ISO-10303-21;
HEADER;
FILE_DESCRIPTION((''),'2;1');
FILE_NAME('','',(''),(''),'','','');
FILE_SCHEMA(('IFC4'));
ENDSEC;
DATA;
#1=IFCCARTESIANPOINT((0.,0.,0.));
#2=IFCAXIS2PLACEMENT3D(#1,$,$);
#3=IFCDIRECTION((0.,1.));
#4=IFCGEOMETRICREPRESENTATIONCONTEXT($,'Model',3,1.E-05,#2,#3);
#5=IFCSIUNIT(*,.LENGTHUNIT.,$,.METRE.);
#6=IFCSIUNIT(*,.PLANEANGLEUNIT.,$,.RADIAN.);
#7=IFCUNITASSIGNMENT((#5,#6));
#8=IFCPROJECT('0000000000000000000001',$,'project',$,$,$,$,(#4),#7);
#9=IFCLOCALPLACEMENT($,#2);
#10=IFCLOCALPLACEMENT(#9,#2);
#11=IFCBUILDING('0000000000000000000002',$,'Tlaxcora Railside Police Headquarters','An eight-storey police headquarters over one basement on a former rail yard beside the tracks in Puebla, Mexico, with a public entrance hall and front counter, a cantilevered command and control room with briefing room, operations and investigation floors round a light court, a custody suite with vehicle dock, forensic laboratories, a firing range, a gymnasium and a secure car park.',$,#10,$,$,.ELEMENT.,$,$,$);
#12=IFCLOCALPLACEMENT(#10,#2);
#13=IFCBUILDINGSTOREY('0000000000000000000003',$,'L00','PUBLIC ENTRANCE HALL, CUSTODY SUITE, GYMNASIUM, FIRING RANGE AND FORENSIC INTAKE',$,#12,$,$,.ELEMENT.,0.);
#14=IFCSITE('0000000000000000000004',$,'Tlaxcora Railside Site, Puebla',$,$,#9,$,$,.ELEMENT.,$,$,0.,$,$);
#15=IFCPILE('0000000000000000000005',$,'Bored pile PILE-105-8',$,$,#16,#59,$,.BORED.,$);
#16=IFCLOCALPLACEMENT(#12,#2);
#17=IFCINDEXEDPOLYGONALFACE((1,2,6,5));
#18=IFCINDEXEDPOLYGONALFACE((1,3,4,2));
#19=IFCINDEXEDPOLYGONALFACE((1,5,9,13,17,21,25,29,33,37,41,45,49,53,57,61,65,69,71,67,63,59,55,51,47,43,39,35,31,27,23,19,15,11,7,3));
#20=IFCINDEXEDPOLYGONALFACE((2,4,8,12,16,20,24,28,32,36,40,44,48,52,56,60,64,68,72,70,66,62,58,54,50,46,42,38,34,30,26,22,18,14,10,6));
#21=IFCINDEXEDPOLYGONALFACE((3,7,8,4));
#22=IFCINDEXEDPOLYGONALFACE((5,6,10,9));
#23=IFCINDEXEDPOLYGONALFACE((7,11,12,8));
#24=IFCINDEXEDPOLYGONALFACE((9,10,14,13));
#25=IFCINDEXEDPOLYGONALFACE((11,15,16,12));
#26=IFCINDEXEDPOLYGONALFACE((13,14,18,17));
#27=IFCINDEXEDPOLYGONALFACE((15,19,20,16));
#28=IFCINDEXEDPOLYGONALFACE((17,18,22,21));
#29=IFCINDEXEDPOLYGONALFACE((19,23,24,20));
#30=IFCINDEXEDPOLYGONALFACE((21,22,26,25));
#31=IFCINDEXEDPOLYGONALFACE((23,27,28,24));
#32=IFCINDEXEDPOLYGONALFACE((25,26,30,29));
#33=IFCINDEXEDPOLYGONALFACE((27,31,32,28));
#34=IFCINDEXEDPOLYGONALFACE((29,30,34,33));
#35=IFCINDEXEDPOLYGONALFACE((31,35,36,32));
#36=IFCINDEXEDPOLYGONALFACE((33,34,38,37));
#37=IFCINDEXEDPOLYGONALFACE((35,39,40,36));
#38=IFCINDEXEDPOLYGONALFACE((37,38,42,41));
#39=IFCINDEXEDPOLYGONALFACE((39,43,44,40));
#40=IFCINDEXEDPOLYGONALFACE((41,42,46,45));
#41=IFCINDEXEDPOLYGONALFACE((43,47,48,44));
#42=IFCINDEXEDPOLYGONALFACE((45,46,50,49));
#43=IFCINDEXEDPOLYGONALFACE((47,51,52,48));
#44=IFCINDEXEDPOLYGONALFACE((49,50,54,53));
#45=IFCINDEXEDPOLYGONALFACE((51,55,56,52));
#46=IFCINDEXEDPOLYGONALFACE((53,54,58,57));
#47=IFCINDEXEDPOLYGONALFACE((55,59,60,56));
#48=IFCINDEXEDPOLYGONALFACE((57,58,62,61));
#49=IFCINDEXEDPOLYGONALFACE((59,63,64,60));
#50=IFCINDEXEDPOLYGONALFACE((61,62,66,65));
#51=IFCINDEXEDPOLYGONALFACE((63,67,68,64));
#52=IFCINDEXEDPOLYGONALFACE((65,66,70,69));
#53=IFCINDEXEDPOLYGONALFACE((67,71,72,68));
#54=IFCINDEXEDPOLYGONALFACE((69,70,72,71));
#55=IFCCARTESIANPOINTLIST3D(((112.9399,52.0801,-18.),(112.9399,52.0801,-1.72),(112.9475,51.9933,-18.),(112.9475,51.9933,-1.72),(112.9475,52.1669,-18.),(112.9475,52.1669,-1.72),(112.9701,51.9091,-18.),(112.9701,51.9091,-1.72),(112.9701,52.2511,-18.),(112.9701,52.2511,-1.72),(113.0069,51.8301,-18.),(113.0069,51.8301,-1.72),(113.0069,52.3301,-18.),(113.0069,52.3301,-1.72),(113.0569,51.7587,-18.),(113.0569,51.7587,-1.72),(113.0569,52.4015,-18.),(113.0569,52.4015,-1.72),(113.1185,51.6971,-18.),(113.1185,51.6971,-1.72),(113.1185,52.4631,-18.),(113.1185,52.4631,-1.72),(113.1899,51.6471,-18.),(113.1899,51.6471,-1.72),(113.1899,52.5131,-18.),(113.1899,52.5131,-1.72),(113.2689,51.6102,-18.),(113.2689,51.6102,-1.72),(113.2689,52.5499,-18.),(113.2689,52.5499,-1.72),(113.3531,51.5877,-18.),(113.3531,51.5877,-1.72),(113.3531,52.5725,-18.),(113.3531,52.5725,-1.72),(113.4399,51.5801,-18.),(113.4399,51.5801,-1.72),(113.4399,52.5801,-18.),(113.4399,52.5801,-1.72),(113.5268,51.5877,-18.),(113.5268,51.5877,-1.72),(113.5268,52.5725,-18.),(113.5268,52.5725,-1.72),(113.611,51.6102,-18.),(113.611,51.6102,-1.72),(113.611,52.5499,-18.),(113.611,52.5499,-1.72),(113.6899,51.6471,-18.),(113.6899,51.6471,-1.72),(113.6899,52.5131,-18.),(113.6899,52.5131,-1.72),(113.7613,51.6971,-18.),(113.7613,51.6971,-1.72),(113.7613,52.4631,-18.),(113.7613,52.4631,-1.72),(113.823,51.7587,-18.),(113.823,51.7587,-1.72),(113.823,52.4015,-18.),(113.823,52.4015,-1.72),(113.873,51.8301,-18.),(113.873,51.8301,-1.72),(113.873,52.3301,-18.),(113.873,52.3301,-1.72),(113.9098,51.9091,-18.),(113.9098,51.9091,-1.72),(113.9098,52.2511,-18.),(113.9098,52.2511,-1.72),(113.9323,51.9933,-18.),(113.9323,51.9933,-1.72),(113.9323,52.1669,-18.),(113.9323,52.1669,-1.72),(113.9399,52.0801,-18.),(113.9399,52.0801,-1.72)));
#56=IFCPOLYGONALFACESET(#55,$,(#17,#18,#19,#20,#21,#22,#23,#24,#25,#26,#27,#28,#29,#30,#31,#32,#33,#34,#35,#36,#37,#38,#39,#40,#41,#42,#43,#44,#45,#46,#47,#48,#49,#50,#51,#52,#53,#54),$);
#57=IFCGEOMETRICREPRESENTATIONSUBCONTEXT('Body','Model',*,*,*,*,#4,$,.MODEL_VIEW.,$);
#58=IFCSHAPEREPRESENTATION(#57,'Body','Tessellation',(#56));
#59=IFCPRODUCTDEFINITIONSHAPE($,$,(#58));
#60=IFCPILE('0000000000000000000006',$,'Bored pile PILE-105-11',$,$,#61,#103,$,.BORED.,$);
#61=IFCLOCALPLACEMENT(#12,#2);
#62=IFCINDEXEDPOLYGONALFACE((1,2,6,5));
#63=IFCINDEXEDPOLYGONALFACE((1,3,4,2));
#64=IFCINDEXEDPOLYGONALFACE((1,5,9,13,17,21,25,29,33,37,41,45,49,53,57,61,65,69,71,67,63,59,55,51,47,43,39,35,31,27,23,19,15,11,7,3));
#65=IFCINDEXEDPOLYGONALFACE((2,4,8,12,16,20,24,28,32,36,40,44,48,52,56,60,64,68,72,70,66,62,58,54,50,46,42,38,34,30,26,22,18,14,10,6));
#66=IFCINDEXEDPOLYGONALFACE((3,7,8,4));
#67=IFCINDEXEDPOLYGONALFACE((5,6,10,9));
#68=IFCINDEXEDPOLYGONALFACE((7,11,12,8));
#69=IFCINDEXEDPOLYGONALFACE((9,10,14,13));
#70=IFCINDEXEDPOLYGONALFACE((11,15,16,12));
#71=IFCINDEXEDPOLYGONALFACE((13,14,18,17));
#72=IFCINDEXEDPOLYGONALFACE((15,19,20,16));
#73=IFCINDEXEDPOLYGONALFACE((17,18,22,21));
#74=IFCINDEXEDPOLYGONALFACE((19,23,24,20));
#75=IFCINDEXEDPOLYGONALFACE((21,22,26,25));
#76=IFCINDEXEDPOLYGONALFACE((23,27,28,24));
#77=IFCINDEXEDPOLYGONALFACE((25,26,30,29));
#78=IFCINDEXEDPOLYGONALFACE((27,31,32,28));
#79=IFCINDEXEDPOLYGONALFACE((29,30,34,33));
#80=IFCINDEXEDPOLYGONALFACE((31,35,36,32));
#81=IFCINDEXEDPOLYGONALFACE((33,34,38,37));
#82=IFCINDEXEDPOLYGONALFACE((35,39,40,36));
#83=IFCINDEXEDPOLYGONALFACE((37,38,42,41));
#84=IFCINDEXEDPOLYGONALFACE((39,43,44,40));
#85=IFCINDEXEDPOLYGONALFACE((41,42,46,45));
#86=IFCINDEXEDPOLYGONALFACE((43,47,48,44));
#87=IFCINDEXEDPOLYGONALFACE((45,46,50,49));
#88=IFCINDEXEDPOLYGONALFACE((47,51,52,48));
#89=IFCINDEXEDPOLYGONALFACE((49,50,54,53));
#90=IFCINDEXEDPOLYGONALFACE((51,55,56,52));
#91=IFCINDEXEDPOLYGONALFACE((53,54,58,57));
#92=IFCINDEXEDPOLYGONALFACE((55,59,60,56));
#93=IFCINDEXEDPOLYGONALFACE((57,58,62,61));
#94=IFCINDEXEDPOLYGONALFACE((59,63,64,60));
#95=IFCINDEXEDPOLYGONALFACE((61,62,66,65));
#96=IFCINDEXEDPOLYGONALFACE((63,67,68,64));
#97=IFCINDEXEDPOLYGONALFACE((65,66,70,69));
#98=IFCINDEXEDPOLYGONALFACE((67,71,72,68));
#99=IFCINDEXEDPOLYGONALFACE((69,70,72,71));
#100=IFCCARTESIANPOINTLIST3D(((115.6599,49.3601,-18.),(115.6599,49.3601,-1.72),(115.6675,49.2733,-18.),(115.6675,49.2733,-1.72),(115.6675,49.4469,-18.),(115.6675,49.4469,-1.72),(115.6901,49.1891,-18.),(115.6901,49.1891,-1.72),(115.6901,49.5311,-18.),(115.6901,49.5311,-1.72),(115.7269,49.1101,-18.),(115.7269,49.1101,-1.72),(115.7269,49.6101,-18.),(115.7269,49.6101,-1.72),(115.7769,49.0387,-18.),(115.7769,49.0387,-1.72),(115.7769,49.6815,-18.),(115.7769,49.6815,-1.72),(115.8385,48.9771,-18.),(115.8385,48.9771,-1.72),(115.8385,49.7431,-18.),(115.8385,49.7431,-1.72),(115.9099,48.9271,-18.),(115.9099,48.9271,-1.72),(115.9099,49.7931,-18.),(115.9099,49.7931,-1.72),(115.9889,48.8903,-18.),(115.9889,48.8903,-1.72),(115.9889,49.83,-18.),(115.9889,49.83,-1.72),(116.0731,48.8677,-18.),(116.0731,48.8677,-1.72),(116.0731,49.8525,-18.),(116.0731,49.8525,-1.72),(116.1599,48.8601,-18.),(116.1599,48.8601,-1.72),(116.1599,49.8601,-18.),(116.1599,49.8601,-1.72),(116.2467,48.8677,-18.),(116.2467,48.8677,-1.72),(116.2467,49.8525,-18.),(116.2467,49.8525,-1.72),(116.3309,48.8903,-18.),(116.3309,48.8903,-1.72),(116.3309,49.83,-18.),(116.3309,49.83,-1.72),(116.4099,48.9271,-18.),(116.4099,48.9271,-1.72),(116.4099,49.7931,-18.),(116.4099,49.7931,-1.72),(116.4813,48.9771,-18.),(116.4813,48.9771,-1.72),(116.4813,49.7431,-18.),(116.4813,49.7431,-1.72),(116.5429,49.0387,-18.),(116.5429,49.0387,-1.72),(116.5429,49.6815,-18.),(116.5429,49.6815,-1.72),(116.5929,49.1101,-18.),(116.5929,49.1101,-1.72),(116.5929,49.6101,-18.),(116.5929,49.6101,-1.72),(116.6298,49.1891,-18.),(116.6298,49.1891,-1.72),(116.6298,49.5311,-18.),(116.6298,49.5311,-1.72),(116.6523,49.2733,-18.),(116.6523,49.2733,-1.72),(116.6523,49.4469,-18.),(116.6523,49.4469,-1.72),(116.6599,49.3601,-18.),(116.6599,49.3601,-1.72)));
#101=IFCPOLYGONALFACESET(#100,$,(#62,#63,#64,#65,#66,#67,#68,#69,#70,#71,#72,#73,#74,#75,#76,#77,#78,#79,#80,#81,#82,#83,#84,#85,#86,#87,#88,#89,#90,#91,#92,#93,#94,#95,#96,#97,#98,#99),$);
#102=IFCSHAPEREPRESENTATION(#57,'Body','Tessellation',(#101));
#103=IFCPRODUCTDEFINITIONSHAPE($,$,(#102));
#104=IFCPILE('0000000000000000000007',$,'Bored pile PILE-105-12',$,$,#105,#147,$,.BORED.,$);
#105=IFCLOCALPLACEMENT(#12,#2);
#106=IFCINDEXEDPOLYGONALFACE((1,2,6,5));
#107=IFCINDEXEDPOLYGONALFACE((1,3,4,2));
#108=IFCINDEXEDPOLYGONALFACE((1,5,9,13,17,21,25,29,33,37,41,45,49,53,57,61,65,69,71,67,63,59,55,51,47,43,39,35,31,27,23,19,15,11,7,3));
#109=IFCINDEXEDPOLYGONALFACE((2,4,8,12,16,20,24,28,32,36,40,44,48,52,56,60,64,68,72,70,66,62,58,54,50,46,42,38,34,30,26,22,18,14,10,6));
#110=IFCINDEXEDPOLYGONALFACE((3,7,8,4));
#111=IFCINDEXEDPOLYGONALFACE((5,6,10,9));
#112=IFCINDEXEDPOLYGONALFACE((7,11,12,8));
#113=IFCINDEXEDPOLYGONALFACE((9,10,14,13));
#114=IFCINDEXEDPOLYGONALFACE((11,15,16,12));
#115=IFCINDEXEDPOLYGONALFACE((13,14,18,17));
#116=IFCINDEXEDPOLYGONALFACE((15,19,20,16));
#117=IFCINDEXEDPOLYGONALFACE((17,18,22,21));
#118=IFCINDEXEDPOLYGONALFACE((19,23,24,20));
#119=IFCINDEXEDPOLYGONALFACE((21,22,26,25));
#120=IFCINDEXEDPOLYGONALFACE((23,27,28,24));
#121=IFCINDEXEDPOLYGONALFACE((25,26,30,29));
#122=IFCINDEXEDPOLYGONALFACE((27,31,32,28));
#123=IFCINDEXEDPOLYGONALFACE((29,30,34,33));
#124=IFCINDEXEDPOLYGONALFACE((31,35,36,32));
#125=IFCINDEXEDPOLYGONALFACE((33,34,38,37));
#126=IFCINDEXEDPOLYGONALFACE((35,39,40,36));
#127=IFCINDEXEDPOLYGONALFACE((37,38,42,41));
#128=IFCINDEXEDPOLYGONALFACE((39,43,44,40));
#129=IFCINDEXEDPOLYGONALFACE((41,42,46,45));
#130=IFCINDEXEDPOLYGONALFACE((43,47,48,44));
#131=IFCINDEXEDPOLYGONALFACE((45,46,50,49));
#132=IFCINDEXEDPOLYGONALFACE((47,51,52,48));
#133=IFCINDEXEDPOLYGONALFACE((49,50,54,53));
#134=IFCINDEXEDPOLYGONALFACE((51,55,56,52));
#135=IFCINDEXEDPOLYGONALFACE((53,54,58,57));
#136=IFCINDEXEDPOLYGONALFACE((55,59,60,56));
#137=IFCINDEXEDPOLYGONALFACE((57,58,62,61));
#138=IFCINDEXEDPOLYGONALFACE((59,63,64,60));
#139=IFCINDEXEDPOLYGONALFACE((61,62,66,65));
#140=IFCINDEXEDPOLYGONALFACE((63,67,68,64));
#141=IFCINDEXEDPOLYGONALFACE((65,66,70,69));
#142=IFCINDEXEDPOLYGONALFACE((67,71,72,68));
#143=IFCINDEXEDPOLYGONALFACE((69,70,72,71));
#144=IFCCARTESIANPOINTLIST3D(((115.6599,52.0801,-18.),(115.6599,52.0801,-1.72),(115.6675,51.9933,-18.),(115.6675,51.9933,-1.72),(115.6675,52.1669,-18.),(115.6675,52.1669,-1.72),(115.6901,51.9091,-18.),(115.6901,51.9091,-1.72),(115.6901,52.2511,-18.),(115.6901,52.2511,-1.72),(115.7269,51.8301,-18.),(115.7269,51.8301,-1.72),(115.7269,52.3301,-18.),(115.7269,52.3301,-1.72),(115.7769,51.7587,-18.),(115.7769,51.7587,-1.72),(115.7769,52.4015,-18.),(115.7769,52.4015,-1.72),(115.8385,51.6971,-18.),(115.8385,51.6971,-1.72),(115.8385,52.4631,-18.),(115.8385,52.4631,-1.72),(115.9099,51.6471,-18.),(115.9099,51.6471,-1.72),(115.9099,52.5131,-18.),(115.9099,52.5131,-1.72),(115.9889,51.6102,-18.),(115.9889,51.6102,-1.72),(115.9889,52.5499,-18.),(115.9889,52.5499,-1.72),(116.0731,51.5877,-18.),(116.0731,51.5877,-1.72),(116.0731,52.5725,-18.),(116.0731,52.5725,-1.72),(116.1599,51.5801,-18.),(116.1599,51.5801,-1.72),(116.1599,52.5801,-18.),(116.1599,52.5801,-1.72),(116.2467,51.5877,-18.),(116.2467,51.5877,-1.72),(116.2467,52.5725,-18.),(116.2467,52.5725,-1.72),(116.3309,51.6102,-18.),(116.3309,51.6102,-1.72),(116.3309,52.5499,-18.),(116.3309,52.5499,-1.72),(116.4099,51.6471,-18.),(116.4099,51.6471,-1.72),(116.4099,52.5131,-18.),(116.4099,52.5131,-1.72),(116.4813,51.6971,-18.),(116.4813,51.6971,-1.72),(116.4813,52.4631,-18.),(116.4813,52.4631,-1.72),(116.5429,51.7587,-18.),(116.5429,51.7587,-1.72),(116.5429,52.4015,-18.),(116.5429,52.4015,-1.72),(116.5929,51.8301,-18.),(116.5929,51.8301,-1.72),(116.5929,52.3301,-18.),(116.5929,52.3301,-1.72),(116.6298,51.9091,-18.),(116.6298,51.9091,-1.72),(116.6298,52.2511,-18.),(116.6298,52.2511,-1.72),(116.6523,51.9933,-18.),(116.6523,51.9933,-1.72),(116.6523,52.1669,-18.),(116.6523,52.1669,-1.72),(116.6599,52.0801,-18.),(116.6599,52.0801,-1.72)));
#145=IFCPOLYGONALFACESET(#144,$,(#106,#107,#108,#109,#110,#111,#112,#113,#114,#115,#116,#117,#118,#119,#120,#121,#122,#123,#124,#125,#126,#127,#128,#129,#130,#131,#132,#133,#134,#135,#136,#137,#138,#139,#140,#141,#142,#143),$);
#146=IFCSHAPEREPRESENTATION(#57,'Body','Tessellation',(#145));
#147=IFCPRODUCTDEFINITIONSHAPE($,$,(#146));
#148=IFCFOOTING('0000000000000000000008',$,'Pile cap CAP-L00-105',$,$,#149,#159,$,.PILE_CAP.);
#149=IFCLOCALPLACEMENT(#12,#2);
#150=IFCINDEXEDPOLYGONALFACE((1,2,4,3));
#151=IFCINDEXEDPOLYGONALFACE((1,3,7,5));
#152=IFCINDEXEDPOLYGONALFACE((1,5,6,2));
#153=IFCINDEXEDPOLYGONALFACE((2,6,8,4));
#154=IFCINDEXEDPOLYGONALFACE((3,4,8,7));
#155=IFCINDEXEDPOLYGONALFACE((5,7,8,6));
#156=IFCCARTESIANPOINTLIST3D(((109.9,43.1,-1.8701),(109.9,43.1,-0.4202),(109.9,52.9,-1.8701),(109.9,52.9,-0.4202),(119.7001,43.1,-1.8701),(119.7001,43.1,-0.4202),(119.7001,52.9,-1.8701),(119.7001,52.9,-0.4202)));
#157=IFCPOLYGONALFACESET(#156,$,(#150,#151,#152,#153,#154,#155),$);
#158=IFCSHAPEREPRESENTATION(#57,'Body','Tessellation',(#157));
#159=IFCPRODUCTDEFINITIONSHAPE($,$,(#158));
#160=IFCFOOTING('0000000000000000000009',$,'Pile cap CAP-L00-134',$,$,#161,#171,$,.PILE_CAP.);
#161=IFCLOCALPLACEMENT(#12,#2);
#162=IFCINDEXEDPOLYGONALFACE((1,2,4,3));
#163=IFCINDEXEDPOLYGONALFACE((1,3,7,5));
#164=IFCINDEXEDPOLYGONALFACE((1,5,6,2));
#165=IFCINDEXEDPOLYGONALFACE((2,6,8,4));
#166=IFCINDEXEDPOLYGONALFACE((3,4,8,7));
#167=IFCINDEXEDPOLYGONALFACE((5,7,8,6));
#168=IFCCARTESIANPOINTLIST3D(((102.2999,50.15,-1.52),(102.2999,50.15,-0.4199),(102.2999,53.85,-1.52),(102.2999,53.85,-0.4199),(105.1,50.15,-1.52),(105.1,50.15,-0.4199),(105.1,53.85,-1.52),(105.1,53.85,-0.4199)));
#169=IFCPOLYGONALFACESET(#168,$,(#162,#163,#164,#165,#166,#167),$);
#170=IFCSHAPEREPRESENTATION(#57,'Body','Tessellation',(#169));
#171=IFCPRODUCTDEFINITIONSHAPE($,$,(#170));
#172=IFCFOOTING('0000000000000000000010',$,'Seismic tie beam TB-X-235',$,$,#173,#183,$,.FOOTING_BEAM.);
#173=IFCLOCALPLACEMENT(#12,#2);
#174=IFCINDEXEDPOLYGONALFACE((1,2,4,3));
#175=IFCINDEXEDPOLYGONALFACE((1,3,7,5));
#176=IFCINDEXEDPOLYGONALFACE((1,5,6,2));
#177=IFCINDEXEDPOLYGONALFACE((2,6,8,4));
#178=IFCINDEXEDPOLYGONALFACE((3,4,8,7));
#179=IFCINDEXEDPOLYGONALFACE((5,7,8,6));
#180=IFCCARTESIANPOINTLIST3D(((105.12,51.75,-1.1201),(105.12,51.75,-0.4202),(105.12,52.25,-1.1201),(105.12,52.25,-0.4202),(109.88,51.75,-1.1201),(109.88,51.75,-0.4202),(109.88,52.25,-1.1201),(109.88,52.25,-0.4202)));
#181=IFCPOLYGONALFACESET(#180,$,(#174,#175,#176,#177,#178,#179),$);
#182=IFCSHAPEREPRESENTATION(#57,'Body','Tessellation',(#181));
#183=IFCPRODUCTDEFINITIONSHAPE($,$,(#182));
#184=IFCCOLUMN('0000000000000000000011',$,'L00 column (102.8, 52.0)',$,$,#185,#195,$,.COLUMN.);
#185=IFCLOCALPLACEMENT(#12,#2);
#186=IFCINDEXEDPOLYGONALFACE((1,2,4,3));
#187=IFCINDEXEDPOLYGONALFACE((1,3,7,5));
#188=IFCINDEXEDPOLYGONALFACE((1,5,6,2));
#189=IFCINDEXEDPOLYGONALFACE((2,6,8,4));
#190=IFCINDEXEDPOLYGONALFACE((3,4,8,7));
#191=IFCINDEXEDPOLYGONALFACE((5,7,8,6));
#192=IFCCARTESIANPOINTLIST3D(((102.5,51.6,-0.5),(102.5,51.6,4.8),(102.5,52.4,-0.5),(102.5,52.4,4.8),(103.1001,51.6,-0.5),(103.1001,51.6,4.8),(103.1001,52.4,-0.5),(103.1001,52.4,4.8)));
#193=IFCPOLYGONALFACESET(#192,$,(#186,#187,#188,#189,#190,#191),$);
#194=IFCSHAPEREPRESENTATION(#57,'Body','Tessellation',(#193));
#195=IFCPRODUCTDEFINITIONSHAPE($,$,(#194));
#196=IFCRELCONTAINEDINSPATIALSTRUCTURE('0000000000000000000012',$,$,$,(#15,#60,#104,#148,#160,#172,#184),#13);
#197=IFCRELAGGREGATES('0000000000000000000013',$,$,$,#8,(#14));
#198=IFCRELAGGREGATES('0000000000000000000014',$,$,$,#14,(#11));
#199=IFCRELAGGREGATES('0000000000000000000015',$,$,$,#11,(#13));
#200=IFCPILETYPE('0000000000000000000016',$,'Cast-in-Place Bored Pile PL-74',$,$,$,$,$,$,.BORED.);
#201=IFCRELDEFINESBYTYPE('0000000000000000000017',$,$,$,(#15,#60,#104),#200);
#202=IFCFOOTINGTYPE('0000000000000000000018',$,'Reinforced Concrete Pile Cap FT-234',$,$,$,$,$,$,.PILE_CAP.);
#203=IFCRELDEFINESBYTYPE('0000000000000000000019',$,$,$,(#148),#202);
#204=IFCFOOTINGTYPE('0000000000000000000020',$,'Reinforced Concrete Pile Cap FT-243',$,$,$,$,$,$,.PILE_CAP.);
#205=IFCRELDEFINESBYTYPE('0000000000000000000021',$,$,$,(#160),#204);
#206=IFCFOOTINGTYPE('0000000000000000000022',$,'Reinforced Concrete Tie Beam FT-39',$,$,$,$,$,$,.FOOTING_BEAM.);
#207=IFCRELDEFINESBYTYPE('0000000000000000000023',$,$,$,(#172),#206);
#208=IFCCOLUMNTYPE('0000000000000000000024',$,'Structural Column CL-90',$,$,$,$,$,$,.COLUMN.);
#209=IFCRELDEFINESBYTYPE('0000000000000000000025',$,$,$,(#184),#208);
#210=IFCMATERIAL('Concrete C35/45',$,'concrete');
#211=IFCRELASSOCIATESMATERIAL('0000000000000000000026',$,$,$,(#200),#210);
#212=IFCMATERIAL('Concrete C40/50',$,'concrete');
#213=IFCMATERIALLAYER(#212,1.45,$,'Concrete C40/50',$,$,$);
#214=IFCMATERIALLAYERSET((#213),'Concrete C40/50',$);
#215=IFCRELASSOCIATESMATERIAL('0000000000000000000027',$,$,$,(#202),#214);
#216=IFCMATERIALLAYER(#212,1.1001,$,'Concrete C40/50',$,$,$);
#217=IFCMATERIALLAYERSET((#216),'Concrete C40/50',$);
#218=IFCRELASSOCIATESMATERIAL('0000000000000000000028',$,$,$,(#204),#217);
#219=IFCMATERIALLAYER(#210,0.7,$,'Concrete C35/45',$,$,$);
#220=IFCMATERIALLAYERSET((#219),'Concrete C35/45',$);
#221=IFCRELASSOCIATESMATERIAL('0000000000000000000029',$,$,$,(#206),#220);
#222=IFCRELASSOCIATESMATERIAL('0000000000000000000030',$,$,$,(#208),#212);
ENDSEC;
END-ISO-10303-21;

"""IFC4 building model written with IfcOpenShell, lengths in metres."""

from ifc_helpers import new_model, si_unit, direction, frame, origin, origin_2d, place, context, subcontext, project, spatial, rectangle, circle, extrude, material, layer, layer_set, material_profile, profile_set, type_object, element, save


model = new_model("IFC4")

# Units and contexts
model_context = context("Model", 3, precision=1e-05, world=origin(), true_north=direction((0.0, 1.0)))
body_context = subcontext(model_context, "Body", "Model", "MODEL_VIEW")
ifc_project = project(units=[si_unit("LENGTHUNIT", "METRE"), si_unit("PLANEANGLEUNIT", "RADIAN")], contexts=[model_context])

# Site, building, storey
site_placement = place(None, origin())
site = spatial("IfcSite", under=ifc_project, at=site_placement, Name="Tlaxcora Railside Site, Puebla", CompositionType="ELEMENT", RefElevation=0.0)
building_placement = place(site_placement, origin())
building = spatial("IfcBuilding", under=site, at=building_placement, Name="Tlaxcora Railside Police Headquarters", Description="An eight-storey police headquarters over one basement on a former rail yard beside the tracks in Puebla, Mexico, with a public entrance hall and front counter, a cantilevered command and control room with briefing room, operations and investigation floors round a light court, a custody suite with vehicle dock, forensic laboratories, a firing range, a gymnasium and a secure car park.", CompositionType="ELEMENT")
storey_placement = place(building_placement, origin())
storey = spatial("IfcBuildingStorey", under=building, at=storey_placement, Name="L00", Description="PUBLIC ENTRANCE HALL, CUSTODY SUITE, GYMNASIUM, FIRING RANGE AND FORENSIC INTAKE", CompositionType="ELEMENT", Elevation=0.0)

# Piles
ifc_material_1 = material(Name="Concrete C35/45", Category="concrete")
ifc_material_profile_1 = material_profile(ifc_material_1, circle(Radius=0.5, at=origin_2d()), Name="PILE1000")
ifc_profile_set_1 = profile_set([ifc_material_profile_1], Name="Concrete C35/45")
pile_type_1 = type_object("IfcPileType", Name="Cast-in-Place Bored Pile PL-74", PredefinedType="BORED", material=ifc_profile_set_1)
for number, where, z_axis, x_axis, name in (
    (1, (113.4399, 52.0801, -1.72), (0.0, 0.0, -1.0), (1.0, 0.0, 0.0), "Bored pile PILE-105-8"),
    (2, (116.1599, 49.3601, -1.72), (0.0, 0.0, -1.0), (1.0, 0.0, 0.0), "Bored pile PILE-105-11"),
    (3, (116.1599, 52.0801, -1.72), (0.0, 0.0, -1.0), (1.0, 0.0, 0.0), "Bored pile PILE-105-12"),
):
    element("IfcPile", number, at=place(storey_placement, frame(where, z_axis=z_axis, x_axis=x_axis)), inside=storey, type_object=pile_type_1, Name=name, PredefinedType="BORED", context=body_context, shape_type="SweptSolid", body=[
        extrude(circle(Radius=0.5, at=origin_2d()), origin(), (0.0, 0.0, 1.0), 16.28),
    ])

# Footings
ifc_material_2 = material(Name="Concrete C40/50", Category="concrete")
ifc_layer_1 = layer(ifc_material_2, 1.45, Name="Concrete C40/50")
ifc_layer_set_1 = layer_set([ifc_layer_1], Name="Concrete C40/50")
footing_type_1 = type_object("IfcFootingType", Name="Reinforced Concrete Pile Cap FT-234", PredefinedType="PILE_CAP", material=ifc_layer_set_1)
footing_1_placement = place(storey_placement, frame((114.8, 48.0, -1.8701), z_axis=(0.0, 0.0, 1.0), x_axis=(1.0, 0.0, 0.0)))
element("IfcFooting", 4, at=footing_1_placement, inside=storey, type_object=footing_type_1, Name="Pile cap CAP-L00-105", PredefinedType="PILE_CAP", context=body_context, shape_type="SweptSolid", body=[
    extrude(rectangle(XDim=9.8, YDim=9.8, at=origin_2d()), origin(), (0.0, 0.0, 1.0), 1.45),
])
ifc_layer_2 = layer(ifc_material_2, 1.1001, Name="Concrete C40/50")
ifc_layer_set_2 = layer_set([ifc_layer_2], Name="Concrete C40/50")
footing_type_2 = type_object("IfcFootingType", Name="Reinforced Concrete Pile Cap FT-243", PredefinedType="PILE_CAP", material=ifc_layer_set_2)
footing_2_placement = place(storey_placement, frame((103.7, 52.0, -1.52), z_axis=(0.0, 0.0, 1.0), x_axis=(1.0, 0.0, 0.0)))
element("IfcFooting", 5, at=footing_2_placement, inside=storey, type_object=footing_type_2, Name="Pile cap CAP-L00-134", PredefinedType="PILE_CAP", context=body_context, shape_type="SweptSolid", body=[
    extrude(rectangle(XDim=2.8, YDim=3.7, at=origin_2d()), origin(), (0.0, 0.0, 1.0), 1.1001),
])
ifc_layer_3 = layer(ifc_material_1, 0.7, Name="Concrete C35/45")
ifc_layer_set_3 = layer_set([ifc_layer_3], Name="Concrete C35/45")
footing_type_3 = type_object("IfcFootingType", Name="Reinforced Concrete Tie Beam FT-39", PredefinedType="FOOTING_BEAM", material=ifc_layer_set_3)
footing_3_placement = place(storey_placement, frame((107.5, 52.0, -1.1201), z_axis=(0.0, 0.0, 1.0), x_axis=(1.0, 0.0, 0.0)))
element("IfcFooting", 6, at=footing_3_placement, inside=storey, type_object=footing_type_3, Name="Seismic tie beam TB-X-235", PredefinedType="FOOTING_BEAM", context=body_context, shape_type="SweptSolid", body=[
    extrude(rectangle(XDim=4.76, YDim=0.5, at=origin_2d()), origin(), (0.0, 0.0, 1.0), 0.7),
])

# Column
ifc_material_profile_2 = material_profile(ifc_material_2, rectangle(XDim=0.6001, YDim=0.8, at=origin_2d()), Name="RC600X800")
ifc_profile_set_2 = profile_set([ifc_material_profile_2], Name="Concrete C40/50")
column_type = type_object("IfcColumnType", Name="Structural Column CL-90", PredefinedType="COLUMN", material=ifc_profile_set_2)
for number, where, z_axis, x_axis, name in (
    (7, (102.8, 52.0, -0.5), (0.0, 0.0, 1.0), (1.0, 0.0, 0.0), "L00 column (102.8, 52.0)"),
):
    element("IfcColumn", number, at=place(storey_placement, frame(where, z_axis=z_axis, x_axis=x_axis)), inside=storey, type_object=column_type, Name=name, PredefinedType="COLUMN", context=body_context, shape_type="SweptSolid", body=[
        extrude(rectangle(XDim=0.6001, YDim=0.8, at=origin_2d()), origin(), (0.0, 0.0, 1.0), 5.3),
    ])

save(model, "model.ifc")
